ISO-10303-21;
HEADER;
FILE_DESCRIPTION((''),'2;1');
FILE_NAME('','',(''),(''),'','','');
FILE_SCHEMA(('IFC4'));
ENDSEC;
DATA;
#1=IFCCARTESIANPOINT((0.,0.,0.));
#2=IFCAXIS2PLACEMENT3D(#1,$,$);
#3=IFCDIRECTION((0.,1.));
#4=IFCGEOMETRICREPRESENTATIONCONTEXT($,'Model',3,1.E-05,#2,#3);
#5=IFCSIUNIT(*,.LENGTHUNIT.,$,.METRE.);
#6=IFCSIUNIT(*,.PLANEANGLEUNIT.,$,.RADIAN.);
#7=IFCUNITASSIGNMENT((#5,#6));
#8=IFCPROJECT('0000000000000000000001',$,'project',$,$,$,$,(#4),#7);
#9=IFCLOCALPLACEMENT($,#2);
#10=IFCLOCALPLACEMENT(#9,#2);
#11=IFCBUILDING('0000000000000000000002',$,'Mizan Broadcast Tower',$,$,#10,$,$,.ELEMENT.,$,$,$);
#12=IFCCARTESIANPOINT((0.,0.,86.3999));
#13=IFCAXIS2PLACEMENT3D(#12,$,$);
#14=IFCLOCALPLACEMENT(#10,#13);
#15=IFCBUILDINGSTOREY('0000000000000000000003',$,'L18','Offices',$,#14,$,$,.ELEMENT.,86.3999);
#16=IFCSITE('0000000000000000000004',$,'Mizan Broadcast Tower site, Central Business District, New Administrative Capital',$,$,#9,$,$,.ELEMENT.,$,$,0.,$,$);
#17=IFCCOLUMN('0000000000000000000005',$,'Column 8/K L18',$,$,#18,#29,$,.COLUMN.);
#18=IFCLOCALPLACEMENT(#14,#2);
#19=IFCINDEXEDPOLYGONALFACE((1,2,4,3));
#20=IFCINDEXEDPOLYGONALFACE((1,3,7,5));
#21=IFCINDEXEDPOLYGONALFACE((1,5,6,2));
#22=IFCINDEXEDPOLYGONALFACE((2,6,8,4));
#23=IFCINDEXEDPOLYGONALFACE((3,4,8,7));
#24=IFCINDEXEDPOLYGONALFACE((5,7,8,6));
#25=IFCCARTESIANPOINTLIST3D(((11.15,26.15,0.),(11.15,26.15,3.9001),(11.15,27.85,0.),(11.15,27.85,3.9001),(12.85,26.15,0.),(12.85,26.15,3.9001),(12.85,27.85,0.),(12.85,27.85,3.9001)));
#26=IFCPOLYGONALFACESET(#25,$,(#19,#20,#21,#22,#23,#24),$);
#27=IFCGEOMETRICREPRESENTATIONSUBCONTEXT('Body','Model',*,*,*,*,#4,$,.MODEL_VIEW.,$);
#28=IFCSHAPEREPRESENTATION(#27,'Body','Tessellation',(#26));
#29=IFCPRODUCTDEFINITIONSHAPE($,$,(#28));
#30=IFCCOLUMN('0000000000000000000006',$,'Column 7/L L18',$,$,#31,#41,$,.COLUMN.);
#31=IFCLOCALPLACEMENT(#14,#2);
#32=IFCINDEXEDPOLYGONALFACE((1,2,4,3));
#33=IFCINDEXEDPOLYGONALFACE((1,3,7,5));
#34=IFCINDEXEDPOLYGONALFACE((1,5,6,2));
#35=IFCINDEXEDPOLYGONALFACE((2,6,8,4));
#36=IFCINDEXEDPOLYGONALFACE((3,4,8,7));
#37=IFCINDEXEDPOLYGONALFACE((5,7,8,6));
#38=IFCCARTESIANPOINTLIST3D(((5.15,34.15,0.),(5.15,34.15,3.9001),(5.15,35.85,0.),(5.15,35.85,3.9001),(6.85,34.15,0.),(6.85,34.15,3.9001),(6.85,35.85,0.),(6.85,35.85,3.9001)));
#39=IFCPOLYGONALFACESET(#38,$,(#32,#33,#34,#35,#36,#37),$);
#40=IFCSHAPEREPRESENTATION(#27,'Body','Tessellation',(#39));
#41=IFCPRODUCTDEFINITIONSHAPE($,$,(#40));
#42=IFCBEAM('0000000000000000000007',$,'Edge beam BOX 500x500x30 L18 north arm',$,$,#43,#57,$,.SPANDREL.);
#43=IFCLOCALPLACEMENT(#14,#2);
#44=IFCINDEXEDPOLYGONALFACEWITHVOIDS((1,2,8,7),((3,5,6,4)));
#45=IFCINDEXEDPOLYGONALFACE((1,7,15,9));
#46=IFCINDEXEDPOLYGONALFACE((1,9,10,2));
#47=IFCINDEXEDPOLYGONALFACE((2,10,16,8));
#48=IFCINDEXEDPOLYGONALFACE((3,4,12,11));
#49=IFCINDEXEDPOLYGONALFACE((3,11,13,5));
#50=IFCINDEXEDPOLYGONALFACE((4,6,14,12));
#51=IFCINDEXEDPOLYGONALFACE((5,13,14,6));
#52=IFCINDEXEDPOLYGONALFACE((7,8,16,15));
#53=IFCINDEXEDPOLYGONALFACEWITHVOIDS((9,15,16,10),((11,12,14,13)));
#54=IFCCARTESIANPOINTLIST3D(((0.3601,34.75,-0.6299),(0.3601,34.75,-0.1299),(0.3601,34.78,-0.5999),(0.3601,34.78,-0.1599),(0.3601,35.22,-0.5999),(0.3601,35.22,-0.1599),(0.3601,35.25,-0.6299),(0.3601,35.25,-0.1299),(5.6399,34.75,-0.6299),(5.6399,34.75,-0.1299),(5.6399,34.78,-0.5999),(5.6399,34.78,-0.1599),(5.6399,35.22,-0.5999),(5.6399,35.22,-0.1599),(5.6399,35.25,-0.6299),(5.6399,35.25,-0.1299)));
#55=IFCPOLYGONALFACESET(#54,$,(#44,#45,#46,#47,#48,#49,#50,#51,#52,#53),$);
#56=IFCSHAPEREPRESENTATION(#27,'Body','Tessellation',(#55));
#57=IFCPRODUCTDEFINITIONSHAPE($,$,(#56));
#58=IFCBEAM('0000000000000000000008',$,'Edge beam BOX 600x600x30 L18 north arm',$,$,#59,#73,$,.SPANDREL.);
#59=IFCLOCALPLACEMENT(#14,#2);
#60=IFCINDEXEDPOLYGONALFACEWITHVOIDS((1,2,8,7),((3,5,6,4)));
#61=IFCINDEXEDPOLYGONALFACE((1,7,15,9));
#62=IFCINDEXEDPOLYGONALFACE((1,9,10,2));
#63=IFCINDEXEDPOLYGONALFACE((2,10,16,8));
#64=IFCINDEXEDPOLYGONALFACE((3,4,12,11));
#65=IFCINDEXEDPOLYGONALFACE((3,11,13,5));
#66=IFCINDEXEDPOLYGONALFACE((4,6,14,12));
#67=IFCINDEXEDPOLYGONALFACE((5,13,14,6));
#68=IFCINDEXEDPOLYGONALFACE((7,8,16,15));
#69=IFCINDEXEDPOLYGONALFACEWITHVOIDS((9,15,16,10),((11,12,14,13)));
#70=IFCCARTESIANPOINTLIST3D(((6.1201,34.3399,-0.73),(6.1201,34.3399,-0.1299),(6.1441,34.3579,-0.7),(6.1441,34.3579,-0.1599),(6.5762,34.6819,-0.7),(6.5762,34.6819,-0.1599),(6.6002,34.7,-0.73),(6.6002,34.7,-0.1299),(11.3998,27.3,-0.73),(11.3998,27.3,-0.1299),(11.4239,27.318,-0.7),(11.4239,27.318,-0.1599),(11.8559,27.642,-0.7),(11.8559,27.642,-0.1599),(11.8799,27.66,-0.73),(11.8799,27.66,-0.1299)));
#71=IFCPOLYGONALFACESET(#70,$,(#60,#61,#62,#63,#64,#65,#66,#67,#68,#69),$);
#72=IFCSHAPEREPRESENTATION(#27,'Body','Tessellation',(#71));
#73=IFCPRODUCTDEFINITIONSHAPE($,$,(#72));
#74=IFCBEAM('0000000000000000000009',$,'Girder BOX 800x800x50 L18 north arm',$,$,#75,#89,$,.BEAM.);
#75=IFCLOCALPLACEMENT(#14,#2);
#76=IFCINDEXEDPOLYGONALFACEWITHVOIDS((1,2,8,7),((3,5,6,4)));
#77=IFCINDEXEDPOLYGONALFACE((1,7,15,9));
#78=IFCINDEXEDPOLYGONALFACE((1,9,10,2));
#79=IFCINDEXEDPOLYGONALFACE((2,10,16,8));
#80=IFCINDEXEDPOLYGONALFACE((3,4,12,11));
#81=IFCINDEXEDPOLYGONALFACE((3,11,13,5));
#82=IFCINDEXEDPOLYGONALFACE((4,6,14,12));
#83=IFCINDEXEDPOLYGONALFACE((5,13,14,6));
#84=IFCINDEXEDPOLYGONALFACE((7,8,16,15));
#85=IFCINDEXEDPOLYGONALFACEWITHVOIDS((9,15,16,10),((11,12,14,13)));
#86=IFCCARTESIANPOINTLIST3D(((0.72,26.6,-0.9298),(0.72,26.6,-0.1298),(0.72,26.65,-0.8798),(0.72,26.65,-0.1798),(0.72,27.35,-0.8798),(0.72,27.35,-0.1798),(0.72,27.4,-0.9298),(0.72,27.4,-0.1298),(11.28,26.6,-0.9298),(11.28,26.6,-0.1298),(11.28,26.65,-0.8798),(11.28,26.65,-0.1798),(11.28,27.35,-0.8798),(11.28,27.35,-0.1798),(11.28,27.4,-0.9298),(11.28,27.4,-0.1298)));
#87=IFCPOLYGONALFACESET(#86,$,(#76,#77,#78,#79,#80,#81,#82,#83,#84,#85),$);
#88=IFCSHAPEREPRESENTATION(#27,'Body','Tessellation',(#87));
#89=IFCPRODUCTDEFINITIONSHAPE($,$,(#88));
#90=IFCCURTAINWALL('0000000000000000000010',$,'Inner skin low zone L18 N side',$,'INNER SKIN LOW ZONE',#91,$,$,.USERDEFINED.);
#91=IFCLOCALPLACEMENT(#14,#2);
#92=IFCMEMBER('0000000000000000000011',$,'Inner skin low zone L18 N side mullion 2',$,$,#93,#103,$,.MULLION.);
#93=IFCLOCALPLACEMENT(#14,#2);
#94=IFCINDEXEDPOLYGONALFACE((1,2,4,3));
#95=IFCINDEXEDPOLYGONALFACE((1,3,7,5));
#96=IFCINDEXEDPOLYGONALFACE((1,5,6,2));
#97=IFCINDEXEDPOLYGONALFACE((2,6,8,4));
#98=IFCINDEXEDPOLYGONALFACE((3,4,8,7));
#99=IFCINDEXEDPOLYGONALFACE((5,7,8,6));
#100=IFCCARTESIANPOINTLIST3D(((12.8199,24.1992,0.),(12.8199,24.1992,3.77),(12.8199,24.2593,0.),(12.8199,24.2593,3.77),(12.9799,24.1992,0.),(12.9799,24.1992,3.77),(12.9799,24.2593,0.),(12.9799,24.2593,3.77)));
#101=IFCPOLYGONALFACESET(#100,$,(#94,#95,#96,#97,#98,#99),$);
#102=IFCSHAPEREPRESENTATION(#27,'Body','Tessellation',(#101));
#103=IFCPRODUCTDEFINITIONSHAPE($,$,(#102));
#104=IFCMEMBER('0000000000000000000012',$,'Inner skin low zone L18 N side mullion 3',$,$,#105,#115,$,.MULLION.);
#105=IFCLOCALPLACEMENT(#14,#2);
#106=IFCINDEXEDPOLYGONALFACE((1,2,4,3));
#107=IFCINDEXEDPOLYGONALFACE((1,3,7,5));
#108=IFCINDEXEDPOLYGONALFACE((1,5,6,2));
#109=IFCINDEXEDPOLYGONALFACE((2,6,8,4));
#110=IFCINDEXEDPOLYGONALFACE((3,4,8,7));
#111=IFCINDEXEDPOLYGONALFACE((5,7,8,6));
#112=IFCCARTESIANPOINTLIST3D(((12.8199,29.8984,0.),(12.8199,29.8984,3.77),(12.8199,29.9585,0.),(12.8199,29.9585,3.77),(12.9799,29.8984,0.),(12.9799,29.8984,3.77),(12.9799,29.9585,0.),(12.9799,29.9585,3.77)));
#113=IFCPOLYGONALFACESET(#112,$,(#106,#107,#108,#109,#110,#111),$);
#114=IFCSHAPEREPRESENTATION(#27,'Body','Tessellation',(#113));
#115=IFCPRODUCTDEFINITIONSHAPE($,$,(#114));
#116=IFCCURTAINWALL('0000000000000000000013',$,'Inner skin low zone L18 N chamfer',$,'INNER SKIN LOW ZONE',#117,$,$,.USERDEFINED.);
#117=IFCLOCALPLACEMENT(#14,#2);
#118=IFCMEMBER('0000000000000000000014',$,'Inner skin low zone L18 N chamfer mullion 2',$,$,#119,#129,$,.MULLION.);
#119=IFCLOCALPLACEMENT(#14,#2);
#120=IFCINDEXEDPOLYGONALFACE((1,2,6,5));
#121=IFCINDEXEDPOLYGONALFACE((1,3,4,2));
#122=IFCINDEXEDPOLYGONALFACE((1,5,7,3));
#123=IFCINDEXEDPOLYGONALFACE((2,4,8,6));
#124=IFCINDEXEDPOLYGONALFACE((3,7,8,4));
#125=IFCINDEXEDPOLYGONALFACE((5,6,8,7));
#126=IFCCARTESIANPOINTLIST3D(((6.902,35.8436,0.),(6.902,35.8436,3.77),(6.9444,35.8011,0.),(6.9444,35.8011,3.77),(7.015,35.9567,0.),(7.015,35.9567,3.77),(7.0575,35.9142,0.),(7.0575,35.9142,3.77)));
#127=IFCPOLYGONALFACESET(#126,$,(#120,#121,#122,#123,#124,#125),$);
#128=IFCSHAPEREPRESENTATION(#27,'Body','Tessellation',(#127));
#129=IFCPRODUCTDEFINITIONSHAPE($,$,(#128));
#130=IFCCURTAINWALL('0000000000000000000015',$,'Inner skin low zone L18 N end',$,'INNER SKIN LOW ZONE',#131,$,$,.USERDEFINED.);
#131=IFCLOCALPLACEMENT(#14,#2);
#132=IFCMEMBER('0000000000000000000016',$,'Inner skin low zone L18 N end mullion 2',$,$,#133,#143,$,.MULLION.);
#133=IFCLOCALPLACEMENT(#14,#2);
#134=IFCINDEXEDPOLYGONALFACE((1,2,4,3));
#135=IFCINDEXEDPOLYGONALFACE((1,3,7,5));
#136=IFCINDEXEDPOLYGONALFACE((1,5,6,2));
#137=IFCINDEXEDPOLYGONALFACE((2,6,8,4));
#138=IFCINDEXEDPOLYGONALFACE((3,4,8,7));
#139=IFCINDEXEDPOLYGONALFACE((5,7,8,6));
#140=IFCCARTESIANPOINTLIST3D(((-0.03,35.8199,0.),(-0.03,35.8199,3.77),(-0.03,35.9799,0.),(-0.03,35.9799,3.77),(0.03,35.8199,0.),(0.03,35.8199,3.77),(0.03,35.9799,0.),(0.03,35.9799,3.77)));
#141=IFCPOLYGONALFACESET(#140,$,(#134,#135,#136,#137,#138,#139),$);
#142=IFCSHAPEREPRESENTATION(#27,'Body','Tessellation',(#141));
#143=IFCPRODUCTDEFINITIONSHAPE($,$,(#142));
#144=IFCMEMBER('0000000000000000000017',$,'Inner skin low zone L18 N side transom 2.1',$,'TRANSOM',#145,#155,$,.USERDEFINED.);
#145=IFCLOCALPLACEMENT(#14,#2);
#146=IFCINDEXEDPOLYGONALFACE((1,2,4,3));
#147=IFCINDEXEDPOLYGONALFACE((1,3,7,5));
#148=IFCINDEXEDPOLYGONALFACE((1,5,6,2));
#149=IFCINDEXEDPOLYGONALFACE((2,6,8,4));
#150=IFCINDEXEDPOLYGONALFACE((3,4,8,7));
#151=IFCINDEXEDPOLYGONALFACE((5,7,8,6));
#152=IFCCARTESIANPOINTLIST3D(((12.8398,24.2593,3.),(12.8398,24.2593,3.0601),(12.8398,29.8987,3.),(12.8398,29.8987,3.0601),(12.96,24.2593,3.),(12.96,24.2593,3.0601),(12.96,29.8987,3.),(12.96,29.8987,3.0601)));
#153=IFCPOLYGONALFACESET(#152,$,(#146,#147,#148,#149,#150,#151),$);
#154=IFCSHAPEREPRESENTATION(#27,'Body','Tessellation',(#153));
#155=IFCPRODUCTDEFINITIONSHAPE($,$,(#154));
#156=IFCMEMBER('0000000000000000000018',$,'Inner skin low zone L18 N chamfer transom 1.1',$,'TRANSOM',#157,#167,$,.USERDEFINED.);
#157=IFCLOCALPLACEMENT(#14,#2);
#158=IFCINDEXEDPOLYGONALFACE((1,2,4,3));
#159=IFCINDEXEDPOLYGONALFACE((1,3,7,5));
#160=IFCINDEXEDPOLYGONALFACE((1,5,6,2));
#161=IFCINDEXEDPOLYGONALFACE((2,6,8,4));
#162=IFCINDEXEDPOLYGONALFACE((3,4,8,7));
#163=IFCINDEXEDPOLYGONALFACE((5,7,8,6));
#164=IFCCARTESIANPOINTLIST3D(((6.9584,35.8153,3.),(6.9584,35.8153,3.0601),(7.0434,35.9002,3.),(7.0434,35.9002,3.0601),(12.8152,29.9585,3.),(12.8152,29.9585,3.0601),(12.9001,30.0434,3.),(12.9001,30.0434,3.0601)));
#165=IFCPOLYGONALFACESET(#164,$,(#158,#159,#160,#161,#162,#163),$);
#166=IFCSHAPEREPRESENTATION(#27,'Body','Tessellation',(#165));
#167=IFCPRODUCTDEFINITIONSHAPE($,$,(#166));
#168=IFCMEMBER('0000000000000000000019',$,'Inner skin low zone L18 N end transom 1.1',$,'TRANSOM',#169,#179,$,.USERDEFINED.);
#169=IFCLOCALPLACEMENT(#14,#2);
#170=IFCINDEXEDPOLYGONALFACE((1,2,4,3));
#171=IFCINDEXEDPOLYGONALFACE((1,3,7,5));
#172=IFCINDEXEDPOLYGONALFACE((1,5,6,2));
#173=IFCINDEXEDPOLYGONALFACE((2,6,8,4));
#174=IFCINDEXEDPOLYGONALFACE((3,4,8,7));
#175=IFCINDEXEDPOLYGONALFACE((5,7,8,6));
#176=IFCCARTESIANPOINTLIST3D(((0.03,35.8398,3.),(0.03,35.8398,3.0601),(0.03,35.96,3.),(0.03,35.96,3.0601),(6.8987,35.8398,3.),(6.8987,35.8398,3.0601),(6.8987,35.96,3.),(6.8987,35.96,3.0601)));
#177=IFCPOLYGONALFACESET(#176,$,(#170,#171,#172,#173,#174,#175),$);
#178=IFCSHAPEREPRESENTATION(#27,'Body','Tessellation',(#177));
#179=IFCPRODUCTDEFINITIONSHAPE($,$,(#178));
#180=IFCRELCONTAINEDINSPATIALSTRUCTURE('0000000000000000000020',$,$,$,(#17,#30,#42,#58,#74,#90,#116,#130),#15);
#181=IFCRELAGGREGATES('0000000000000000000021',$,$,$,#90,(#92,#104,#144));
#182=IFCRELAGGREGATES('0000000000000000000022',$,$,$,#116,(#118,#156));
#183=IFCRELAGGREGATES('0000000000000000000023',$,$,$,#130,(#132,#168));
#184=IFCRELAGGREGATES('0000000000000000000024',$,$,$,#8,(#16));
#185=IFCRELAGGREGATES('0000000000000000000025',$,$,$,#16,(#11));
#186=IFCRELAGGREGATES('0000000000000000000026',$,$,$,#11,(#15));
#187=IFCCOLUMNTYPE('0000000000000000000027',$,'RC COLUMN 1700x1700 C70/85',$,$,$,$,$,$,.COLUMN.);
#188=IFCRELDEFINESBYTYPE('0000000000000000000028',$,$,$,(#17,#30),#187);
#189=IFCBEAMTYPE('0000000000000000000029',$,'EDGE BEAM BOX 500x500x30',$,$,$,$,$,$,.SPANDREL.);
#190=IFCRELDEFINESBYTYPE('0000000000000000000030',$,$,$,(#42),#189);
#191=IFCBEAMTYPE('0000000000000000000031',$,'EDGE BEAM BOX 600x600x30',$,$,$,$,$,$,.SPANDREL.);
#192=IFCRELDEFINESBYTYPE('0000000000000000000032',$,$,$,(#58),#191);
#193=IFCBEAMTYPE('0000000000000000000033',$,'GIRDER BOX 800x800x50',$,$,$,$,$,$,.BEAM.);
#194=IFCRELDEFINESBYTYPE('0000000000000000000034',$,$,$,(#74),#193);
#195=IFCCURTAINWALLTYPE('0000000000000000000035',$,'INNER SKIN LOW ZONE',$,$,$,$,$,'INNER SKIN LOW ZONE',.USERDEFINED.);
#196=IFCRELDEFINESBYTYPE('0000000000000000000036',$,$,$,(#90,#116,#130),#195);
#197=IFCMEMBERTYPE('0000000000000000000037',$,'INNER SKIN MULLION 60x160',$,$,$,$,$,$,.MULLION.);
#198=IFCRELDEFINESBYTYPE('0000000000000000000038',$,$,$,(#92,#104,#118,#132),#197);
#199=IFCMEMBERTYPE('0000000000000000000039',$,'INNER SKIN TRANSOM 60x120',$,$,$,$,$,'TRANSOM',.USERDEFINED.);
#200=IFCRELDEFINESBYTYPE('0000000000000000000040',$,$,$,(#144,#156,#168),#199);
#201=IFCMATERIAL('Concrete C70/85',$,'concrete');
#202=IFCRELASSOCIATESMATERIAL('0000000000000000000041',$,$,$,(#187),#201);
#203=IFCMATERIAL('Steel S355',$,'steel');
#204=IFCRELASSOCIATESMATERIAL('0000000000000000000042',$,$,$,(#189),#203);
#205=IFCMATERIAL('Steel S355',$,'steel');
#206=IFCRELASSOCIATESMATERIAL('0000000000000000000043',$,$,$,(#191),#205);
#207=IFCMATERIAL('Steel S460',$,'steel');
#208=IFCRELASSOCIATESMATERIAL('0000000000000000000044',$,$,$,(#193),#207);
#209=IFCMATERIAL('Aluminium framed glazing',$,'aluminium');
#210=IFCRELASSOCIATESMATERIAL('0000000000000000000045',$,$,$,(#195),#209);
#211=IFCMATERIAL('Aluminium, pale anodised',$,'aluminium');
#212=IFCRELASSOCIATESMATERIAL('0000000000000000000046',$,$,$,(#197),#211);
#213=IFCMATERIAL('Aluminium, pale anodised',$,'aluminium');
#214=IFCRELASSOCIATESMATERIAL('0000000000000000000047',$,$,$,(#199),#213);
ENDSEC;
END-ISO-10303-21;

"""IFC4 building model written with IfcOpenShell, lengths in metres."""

from ifc_helpers import new_model, si_unit, direction, frame, origin, origin_2d, place, context, subcontext, project, spatial, rectangle, hollow_rectangle, extrude, material, material_profile, profile_set, type_object, element, aggregate, save


model = new_model("IFC4")

# Units and contexts
model_context = context("Model", 3, precision=1e-05, world=origin(), true_north=direction((0.0, 1.0)))
body_context = subcontext(model_context, "Body", "Model", "MODEL_VIEW")
ifc_project = project(units=[si_unit("LENGTHUNIT", "METRE"), si_unit("PLANEANGLEUNIT", "RADIAN")], contexts=[model_context])

# Site, building, storey
site_placement = place(None, origin())
site = spatial("IfcSite", under=ifc_project, at=site_placement, Name="Mizan Broadcast Tower site, Central Business District, New Administrative Capital", CompositionType="ELEMENT", RefElevation=0.0)
building_placement = place(site_placement, origin())
building = spatial("IfcBuilding", under=site, at=building_placement, Name="Mizan Broadcast Tower", CompositionType="ELEMENT")
storey_placement = place(building_placement, frame((0.0, 0.0, 86.3999)))
storey = spatial("IfcBuildingStorey", under=building, at=storey_placement, Name="L18", Description="Offices", CompositionType="ELEMENT", Elevation=86.3999)

# Columns
ifc_material_1 = material(Name="Concrete C70/85", Category="concrete")
ifc_material_profile_1 = material_profile(ifc_material_1, rectangle(XDim=1.7, YDim=1.7, at=origin_2d()), Name="RC 1700x1700")
ifc_profile_set_1 = profile_set([ifc_material_profile_1], Name="Concrete C70/85")
column_type = type_object("IfcColumnType", Name="RC COLUMN 1700x1700 C70/85", PredefinedType="COLUMN", material=ifc_profile_set_1)
for number, where, z_axis, x_axis, name in (
    (1, (12.0, 27.0, 0.0), (0.0, 0.0, 1.0), (1.0, 0.0, 0.0), "Column 8/K L18"),
    (2, (6.0, 35.0, 0.0), (0.0, 0.0, 1.0), (1.0, 0.0, 0.0), "Column 7/L L18"),
):
    element("IfcColumn", number, at=place(storey_placement, frame(where, z_axis=z_axis, x_axis=x_axis)), inside=storey, type_object=column_type, Name=name, PredefinedType="COLUMN", context=body_context, shape_type="SweptSolid", body=[
        extrude(rectangle(XDim=1.7, YDim=1.7, at=origin_2d()), origin(), (0.0, 0.0, 1.0), 3.9001),
    ])

# Beams
ifc_material_2 = material(Name="Steel S355", Category="steel")
ifc_material_profile_2 = material_profile(ifc_material_2, hollow_rectangle(XDim=0.5, YDim=0.5, WallThickness=0.03, at=origin_2d()), Name="BOX 500x500x30")
ifc_profile_set_2 = profile_set([ifc_material_profile_2], Name="Steel S355")
beam_type_1 = type_object("IfcBeamType", Name="EDGE BEAM BOX 500x500x30", PredefinedType="SPANDREL", material=ifc_profile_set_2)
beam_1_placement = place(storey_placement, frame((5.6399, 35.0, -0.3799), z_axis=(-1.0, 0.0, 0.0), x_axis=(0.0, -1.0, 0.0)))
element("IfcBeam", 3, at=beam_1_placement, inside=storey, type_object=beam_type_1, Name="Edge beam BOX 500x500x30 L18 north arm", PredefinedType="SPANDREL", context=body_context, shape_type="SweptSolid", body=[
    extrude(hollow_rectangle(XDim=0.5, YDim=0.5, WallThickness=0.03, at=origin_2d()), origin(), (0.0, 0.0, 1.0), 5.2798),
])
ifc_material_3 = material(Name="Steel S355", Category="steel")
ifc_material_profile_3 = material_profile(ifc_material_3, hollow_rectangle(XDim=0.6001, YDim=0.6001, WallThickness=0.03, at=origin_2d()), Name="BOX 600x600x30")
ifc_profile_set_3 = profile_set([ifc_material_profile_3], Name="Steel S355")
beam_type_2 = type_object("IfcBeamType", Name="EDGE BEAM BOX 600x600x30", PredefinedType="SPANDREL", material=ifc_profile_set_3)
beam_2_placement = place(storey_placement, frame((11.6399, 27.48, -0.4299), z_axis=(-0.599982, 0.800013, 0.0), x_axis=(-0.800013, -0.599982, 0.0)))
element("IfcBeam", 4, at=beam_2_placement, inside=storey, type_object=beam_type_2, Name="Edge beam BOX 600x600x30 L18 north arm", PredefinedType="SPANDREL", context=body_context, shape_type="SweptSolid", body=[
    extrude(hollow_rectangle(XDim=0.6001, YDim=0.6001, WallThickness=0.03, at=origin_2d()), origin(), (0.0, 0.0, 1.0), 8.7998),
])
ifc_material_4 = material(Name="Steel S460", Category="steel")
ifc_material_profile_4 = material_profile(ifc_material_4, hollow_rectangle(XDim=0.8, YDim=0.8, WallThickness=0.05, at=origin_2d()), Name="BOX 800x800x50")
ifc_profile_set_4 = profile_set([ifc_material_profile_4], Name="Steel S460")
beam_type_3 = type_object("IfcBeamType", Name="GIRDER BOX 800x800x50", PredefinedType="BEAM", material=ifc_profile_set_4)
beam_3_placement = place(storey_placement, frame((11.28, 27.0, -0.5298), z_axis=(-1.0, 0.0, 0.0), x_axis=(0.0, -1.0, 0.0)))
element("IfcBeam", 5, at=beam_3_placement, inside=storey, type_object=beam_type_3, Name="Girder BOX 800x800x50 L18 north arm", PredefinedType="BEAM", context=body_context, shape_type="SweptSolid", body=[
    extrude(hollow_rectangle(XDim=0.8, YDim=0.8, WallThickness=0.05, at=origin_2d()), origin(), (0.0, 0.0, 1.0), 10.5601),
])

# Curtain wall, members
ifc_material_5 = material(Name="Aluminium framed glazing", Category="aluminium")
curtain_wall_type_1 = type_object("IfcCurtainWallType", Name="INNER SKIN LOW ZONE", ElementType="INNER SKIN LOW ZONE", PredefinedType="USERDEFINED", material=ifc_material_5)
curtain_wall_1_placement = place(storey_placement, origin())
curtain_wall_1 = element("IfcCurtainWall", 6, at=curtain_wall_1_placement, inside=storey, type_object=curtain_wall_type_1, Name="Inner skin low zone L18 N side", ObjectType="INNER SKIN LOW ZONE", PredefinedType="USERDEFINED")
ifc_material_6 = material(Name="Aluminium, pale anodised", Category="aluminium")
ifc_material_profile_5 = material_profile(ifc_material_6, rectangle(XDim=0.1599, YDim=0.0601, at=origin_2d()), Name="MULLION 160x60")
ifc_profile_set_5 = profile_set([ifc_material_profile_5], Name="Aluminium, pale anodised")
member_type_1 = type_object("IfcMemberType", Name="INNER SKIN MULLION 60x160", PredefinedType="MULLION", material=ifc_profile_set_5)
member_1_placement = place(storey_placement, frame((12.8999, 24.2292, 0.0), z_axis=(0.0, 0.0, 1.0), x_axis=(-1.0, 0.0, 0.0)))
member_1 = element("IfcMember", 7, at=member_1_placement, type_object=member_type_1, Name="Inner skin low zone L18 N side mullion 2", PredefinedType="MULLION", context=body_context, shape_type="SweptSolid", body=[
    extrude(rectangle(XDim=0.1599, YDim=0.0601, at=origin_2d()), origin(), (0.0, 0.0, 1.0), 3.77),
])
member_2_placement = place(storey_placement, frame((12.8999, 29.9285, 0.0), z_axis=(0.0, 0.0, 1.0), x_axis=(-1.0, 0.0, 0.0)))
member_2 = element("IfcMember", 8, at=member_2_placement, type_object=member_type_1, Name="Inner skin low zone L18 N side mullion 3", PredefinedType="MULLION", context=body_context, shape_type="SweptSolid", body=[
    extrude(rectangle(XDim=0.1599, YDim=0.0601, at=origin_2d()), origin(), (0.0, 0.0, 1.0), 3.77),
])

# Curtain walls, members
curtain_wall_2_placement = place(storey_placement, origin())
curtain_wall_2 = element("IfcCurtainWall", 9, at=curtain_wall_2_placement, inside=storey, type_object=curtain_wall_type_1, Name="Inner skin low zone L18 N chamfer", ObjectType="INNER SKIN LOW ZONE", PredefinedType="USERDEFINED")
member_3_placement = place(storey_placement, frame((6.9797, 35.8789, 0.0), z_axis=(0.0, 0.0, 1.0), x_axis=(-0.707107, -0.707107, 0.0)))
member_3 = element("IfcMember", 10, at=member_3_placement, type_object=member_type_1, Name="Inner skin low zone L18 N chamfer mullion 2", PredefinedType="MULLION", context=body_context, shape_type="SweptSolid", body=[
    extrude(rectangle(XDim=0.1599, YDim=0.0601, at=origin_2d()), origin(), (0.0, 0.0, 1.0), 3.77),
])
curtain_wall_3_placement = place(storey_placement, origin())
curtain_wall_3 = element("IfcCurtainWall", 11, at=curtain_wall_3_placement, inside=storey, type_object=curtain_wall_type_1, Name="Inner skin low zone L18 N end", ObjectType="INNER SKIN LOW ZONE", PredefinedType="USERDEFINED")
member_4_placement = place(storey_placement, frame((0.0, 35.8999, 0.0), z_axis=(0.0, 0.0, 1.0), x_axis=(0.0, -1.0, 0.0)))
member_4 = element("IfcMember", 12, at=member_4_placement, type_object=member_type_1, Name="Inner skin low zone L18 N end mullion 2", PredefinedType="MULLION", context=body_context, shape_type="SweptSolid", body=[
    extrude(rectangle(XDim=0.1599, YDim=0.0601, at=origin_2d()), origin(), (0.0, 0.0, 1.0), 3.77),
])

# Members
ifc_material_7 = material(Name="Aluminium, pale anodised", Category="aluminium")
ifc_material_profile_6 = material_profile(ifc_material_7, rectangle(XDim=0.1201, YDim=0.0601, at=origin_2d()), Name="TRANSOM 120x60")
ifc_profile_set_6 = profile_set([ifc_material_profile_6], Name="Aluminium, pale anodised")
member_type_2 = type_object("IfcMemberType", Name="INNER SKIN TRANSOM 60x120", ElementType="TRANSOM", PredefinedType="USERDEFINED", material=ifc_profile_set_6)
member_5_placement = place(storey_placement, frame((12.8999, 24.2593, 3.03), z_axis=(0.0, 1.0, 0.0), x_axis=(-1.0, 0.0, 0.0)))
member_5 = element("IfcMember", 13, at=member_5_placement, type_object=member_type_2, Name="Inner skin low zone L18 N side transom 2.1", ObjectType="TRANSOM", PredefinedType="USERDEFINED", context=body_context, shape_type="SweptSolid", body=[
    extrude(rectangle(XDim=0.1201, YDim=0.0601, at=origin_2d()), origin(), (0.0, 0.0, 1.0), 5.6394),
])
member_6_placement = place(storey_placement, frame((12.8577, 30.001, 3.03), z_axis=(-0.707107, 0.707107, 0.0), x_axis=(-0.707107, -0.707107, 0.0)))
member_6 = element("IfcMember", 14, at=member_6_placement, type_object=member_type_2, Name="Inner skin low zone L18 N chamfer transom 1.1", ObjectType="TRANSOM", PredefinedType="USERDEFINED", context=body_context, shape_type="SweptSolid", body=[
    extrude(rectangle(XDim=0.1201, YDim=0.0601, at=origin_2d()), origin(), (0.0, 0.0, 1.0), 8.2827),
])
member_7_placement = place(storey_placement, frame((6.8987, 35.8999, 3.03), z_axis=(-1.0, 0.0, 0.0), x_axis=(0.0, -1.0, 0.0)))
member_7 = element("IfcMember", 15, at=member_7_placement, type_object=member_type_2, Name="Inner skin low zone L18 N end transom 1.1", ObjectType="TRANSOM", PredefinedType="USERDEFINED", context=body_context, shape_type="SweptSolid", body=[
    extrude(rectangle(XDim=0.1201, YDim=0.0601, at=origin_2d()), origin(), (0.0, 0.0, 1.0), 6.8687),
])

aggregate(curtain_wall_1, [member_1, member_2, member_5])
aggregate(curtain_wall_2, [member_3, member_6])
aggregate(curtain_wall_3, [member_4, member_7])

save(model, "model.ifc")
